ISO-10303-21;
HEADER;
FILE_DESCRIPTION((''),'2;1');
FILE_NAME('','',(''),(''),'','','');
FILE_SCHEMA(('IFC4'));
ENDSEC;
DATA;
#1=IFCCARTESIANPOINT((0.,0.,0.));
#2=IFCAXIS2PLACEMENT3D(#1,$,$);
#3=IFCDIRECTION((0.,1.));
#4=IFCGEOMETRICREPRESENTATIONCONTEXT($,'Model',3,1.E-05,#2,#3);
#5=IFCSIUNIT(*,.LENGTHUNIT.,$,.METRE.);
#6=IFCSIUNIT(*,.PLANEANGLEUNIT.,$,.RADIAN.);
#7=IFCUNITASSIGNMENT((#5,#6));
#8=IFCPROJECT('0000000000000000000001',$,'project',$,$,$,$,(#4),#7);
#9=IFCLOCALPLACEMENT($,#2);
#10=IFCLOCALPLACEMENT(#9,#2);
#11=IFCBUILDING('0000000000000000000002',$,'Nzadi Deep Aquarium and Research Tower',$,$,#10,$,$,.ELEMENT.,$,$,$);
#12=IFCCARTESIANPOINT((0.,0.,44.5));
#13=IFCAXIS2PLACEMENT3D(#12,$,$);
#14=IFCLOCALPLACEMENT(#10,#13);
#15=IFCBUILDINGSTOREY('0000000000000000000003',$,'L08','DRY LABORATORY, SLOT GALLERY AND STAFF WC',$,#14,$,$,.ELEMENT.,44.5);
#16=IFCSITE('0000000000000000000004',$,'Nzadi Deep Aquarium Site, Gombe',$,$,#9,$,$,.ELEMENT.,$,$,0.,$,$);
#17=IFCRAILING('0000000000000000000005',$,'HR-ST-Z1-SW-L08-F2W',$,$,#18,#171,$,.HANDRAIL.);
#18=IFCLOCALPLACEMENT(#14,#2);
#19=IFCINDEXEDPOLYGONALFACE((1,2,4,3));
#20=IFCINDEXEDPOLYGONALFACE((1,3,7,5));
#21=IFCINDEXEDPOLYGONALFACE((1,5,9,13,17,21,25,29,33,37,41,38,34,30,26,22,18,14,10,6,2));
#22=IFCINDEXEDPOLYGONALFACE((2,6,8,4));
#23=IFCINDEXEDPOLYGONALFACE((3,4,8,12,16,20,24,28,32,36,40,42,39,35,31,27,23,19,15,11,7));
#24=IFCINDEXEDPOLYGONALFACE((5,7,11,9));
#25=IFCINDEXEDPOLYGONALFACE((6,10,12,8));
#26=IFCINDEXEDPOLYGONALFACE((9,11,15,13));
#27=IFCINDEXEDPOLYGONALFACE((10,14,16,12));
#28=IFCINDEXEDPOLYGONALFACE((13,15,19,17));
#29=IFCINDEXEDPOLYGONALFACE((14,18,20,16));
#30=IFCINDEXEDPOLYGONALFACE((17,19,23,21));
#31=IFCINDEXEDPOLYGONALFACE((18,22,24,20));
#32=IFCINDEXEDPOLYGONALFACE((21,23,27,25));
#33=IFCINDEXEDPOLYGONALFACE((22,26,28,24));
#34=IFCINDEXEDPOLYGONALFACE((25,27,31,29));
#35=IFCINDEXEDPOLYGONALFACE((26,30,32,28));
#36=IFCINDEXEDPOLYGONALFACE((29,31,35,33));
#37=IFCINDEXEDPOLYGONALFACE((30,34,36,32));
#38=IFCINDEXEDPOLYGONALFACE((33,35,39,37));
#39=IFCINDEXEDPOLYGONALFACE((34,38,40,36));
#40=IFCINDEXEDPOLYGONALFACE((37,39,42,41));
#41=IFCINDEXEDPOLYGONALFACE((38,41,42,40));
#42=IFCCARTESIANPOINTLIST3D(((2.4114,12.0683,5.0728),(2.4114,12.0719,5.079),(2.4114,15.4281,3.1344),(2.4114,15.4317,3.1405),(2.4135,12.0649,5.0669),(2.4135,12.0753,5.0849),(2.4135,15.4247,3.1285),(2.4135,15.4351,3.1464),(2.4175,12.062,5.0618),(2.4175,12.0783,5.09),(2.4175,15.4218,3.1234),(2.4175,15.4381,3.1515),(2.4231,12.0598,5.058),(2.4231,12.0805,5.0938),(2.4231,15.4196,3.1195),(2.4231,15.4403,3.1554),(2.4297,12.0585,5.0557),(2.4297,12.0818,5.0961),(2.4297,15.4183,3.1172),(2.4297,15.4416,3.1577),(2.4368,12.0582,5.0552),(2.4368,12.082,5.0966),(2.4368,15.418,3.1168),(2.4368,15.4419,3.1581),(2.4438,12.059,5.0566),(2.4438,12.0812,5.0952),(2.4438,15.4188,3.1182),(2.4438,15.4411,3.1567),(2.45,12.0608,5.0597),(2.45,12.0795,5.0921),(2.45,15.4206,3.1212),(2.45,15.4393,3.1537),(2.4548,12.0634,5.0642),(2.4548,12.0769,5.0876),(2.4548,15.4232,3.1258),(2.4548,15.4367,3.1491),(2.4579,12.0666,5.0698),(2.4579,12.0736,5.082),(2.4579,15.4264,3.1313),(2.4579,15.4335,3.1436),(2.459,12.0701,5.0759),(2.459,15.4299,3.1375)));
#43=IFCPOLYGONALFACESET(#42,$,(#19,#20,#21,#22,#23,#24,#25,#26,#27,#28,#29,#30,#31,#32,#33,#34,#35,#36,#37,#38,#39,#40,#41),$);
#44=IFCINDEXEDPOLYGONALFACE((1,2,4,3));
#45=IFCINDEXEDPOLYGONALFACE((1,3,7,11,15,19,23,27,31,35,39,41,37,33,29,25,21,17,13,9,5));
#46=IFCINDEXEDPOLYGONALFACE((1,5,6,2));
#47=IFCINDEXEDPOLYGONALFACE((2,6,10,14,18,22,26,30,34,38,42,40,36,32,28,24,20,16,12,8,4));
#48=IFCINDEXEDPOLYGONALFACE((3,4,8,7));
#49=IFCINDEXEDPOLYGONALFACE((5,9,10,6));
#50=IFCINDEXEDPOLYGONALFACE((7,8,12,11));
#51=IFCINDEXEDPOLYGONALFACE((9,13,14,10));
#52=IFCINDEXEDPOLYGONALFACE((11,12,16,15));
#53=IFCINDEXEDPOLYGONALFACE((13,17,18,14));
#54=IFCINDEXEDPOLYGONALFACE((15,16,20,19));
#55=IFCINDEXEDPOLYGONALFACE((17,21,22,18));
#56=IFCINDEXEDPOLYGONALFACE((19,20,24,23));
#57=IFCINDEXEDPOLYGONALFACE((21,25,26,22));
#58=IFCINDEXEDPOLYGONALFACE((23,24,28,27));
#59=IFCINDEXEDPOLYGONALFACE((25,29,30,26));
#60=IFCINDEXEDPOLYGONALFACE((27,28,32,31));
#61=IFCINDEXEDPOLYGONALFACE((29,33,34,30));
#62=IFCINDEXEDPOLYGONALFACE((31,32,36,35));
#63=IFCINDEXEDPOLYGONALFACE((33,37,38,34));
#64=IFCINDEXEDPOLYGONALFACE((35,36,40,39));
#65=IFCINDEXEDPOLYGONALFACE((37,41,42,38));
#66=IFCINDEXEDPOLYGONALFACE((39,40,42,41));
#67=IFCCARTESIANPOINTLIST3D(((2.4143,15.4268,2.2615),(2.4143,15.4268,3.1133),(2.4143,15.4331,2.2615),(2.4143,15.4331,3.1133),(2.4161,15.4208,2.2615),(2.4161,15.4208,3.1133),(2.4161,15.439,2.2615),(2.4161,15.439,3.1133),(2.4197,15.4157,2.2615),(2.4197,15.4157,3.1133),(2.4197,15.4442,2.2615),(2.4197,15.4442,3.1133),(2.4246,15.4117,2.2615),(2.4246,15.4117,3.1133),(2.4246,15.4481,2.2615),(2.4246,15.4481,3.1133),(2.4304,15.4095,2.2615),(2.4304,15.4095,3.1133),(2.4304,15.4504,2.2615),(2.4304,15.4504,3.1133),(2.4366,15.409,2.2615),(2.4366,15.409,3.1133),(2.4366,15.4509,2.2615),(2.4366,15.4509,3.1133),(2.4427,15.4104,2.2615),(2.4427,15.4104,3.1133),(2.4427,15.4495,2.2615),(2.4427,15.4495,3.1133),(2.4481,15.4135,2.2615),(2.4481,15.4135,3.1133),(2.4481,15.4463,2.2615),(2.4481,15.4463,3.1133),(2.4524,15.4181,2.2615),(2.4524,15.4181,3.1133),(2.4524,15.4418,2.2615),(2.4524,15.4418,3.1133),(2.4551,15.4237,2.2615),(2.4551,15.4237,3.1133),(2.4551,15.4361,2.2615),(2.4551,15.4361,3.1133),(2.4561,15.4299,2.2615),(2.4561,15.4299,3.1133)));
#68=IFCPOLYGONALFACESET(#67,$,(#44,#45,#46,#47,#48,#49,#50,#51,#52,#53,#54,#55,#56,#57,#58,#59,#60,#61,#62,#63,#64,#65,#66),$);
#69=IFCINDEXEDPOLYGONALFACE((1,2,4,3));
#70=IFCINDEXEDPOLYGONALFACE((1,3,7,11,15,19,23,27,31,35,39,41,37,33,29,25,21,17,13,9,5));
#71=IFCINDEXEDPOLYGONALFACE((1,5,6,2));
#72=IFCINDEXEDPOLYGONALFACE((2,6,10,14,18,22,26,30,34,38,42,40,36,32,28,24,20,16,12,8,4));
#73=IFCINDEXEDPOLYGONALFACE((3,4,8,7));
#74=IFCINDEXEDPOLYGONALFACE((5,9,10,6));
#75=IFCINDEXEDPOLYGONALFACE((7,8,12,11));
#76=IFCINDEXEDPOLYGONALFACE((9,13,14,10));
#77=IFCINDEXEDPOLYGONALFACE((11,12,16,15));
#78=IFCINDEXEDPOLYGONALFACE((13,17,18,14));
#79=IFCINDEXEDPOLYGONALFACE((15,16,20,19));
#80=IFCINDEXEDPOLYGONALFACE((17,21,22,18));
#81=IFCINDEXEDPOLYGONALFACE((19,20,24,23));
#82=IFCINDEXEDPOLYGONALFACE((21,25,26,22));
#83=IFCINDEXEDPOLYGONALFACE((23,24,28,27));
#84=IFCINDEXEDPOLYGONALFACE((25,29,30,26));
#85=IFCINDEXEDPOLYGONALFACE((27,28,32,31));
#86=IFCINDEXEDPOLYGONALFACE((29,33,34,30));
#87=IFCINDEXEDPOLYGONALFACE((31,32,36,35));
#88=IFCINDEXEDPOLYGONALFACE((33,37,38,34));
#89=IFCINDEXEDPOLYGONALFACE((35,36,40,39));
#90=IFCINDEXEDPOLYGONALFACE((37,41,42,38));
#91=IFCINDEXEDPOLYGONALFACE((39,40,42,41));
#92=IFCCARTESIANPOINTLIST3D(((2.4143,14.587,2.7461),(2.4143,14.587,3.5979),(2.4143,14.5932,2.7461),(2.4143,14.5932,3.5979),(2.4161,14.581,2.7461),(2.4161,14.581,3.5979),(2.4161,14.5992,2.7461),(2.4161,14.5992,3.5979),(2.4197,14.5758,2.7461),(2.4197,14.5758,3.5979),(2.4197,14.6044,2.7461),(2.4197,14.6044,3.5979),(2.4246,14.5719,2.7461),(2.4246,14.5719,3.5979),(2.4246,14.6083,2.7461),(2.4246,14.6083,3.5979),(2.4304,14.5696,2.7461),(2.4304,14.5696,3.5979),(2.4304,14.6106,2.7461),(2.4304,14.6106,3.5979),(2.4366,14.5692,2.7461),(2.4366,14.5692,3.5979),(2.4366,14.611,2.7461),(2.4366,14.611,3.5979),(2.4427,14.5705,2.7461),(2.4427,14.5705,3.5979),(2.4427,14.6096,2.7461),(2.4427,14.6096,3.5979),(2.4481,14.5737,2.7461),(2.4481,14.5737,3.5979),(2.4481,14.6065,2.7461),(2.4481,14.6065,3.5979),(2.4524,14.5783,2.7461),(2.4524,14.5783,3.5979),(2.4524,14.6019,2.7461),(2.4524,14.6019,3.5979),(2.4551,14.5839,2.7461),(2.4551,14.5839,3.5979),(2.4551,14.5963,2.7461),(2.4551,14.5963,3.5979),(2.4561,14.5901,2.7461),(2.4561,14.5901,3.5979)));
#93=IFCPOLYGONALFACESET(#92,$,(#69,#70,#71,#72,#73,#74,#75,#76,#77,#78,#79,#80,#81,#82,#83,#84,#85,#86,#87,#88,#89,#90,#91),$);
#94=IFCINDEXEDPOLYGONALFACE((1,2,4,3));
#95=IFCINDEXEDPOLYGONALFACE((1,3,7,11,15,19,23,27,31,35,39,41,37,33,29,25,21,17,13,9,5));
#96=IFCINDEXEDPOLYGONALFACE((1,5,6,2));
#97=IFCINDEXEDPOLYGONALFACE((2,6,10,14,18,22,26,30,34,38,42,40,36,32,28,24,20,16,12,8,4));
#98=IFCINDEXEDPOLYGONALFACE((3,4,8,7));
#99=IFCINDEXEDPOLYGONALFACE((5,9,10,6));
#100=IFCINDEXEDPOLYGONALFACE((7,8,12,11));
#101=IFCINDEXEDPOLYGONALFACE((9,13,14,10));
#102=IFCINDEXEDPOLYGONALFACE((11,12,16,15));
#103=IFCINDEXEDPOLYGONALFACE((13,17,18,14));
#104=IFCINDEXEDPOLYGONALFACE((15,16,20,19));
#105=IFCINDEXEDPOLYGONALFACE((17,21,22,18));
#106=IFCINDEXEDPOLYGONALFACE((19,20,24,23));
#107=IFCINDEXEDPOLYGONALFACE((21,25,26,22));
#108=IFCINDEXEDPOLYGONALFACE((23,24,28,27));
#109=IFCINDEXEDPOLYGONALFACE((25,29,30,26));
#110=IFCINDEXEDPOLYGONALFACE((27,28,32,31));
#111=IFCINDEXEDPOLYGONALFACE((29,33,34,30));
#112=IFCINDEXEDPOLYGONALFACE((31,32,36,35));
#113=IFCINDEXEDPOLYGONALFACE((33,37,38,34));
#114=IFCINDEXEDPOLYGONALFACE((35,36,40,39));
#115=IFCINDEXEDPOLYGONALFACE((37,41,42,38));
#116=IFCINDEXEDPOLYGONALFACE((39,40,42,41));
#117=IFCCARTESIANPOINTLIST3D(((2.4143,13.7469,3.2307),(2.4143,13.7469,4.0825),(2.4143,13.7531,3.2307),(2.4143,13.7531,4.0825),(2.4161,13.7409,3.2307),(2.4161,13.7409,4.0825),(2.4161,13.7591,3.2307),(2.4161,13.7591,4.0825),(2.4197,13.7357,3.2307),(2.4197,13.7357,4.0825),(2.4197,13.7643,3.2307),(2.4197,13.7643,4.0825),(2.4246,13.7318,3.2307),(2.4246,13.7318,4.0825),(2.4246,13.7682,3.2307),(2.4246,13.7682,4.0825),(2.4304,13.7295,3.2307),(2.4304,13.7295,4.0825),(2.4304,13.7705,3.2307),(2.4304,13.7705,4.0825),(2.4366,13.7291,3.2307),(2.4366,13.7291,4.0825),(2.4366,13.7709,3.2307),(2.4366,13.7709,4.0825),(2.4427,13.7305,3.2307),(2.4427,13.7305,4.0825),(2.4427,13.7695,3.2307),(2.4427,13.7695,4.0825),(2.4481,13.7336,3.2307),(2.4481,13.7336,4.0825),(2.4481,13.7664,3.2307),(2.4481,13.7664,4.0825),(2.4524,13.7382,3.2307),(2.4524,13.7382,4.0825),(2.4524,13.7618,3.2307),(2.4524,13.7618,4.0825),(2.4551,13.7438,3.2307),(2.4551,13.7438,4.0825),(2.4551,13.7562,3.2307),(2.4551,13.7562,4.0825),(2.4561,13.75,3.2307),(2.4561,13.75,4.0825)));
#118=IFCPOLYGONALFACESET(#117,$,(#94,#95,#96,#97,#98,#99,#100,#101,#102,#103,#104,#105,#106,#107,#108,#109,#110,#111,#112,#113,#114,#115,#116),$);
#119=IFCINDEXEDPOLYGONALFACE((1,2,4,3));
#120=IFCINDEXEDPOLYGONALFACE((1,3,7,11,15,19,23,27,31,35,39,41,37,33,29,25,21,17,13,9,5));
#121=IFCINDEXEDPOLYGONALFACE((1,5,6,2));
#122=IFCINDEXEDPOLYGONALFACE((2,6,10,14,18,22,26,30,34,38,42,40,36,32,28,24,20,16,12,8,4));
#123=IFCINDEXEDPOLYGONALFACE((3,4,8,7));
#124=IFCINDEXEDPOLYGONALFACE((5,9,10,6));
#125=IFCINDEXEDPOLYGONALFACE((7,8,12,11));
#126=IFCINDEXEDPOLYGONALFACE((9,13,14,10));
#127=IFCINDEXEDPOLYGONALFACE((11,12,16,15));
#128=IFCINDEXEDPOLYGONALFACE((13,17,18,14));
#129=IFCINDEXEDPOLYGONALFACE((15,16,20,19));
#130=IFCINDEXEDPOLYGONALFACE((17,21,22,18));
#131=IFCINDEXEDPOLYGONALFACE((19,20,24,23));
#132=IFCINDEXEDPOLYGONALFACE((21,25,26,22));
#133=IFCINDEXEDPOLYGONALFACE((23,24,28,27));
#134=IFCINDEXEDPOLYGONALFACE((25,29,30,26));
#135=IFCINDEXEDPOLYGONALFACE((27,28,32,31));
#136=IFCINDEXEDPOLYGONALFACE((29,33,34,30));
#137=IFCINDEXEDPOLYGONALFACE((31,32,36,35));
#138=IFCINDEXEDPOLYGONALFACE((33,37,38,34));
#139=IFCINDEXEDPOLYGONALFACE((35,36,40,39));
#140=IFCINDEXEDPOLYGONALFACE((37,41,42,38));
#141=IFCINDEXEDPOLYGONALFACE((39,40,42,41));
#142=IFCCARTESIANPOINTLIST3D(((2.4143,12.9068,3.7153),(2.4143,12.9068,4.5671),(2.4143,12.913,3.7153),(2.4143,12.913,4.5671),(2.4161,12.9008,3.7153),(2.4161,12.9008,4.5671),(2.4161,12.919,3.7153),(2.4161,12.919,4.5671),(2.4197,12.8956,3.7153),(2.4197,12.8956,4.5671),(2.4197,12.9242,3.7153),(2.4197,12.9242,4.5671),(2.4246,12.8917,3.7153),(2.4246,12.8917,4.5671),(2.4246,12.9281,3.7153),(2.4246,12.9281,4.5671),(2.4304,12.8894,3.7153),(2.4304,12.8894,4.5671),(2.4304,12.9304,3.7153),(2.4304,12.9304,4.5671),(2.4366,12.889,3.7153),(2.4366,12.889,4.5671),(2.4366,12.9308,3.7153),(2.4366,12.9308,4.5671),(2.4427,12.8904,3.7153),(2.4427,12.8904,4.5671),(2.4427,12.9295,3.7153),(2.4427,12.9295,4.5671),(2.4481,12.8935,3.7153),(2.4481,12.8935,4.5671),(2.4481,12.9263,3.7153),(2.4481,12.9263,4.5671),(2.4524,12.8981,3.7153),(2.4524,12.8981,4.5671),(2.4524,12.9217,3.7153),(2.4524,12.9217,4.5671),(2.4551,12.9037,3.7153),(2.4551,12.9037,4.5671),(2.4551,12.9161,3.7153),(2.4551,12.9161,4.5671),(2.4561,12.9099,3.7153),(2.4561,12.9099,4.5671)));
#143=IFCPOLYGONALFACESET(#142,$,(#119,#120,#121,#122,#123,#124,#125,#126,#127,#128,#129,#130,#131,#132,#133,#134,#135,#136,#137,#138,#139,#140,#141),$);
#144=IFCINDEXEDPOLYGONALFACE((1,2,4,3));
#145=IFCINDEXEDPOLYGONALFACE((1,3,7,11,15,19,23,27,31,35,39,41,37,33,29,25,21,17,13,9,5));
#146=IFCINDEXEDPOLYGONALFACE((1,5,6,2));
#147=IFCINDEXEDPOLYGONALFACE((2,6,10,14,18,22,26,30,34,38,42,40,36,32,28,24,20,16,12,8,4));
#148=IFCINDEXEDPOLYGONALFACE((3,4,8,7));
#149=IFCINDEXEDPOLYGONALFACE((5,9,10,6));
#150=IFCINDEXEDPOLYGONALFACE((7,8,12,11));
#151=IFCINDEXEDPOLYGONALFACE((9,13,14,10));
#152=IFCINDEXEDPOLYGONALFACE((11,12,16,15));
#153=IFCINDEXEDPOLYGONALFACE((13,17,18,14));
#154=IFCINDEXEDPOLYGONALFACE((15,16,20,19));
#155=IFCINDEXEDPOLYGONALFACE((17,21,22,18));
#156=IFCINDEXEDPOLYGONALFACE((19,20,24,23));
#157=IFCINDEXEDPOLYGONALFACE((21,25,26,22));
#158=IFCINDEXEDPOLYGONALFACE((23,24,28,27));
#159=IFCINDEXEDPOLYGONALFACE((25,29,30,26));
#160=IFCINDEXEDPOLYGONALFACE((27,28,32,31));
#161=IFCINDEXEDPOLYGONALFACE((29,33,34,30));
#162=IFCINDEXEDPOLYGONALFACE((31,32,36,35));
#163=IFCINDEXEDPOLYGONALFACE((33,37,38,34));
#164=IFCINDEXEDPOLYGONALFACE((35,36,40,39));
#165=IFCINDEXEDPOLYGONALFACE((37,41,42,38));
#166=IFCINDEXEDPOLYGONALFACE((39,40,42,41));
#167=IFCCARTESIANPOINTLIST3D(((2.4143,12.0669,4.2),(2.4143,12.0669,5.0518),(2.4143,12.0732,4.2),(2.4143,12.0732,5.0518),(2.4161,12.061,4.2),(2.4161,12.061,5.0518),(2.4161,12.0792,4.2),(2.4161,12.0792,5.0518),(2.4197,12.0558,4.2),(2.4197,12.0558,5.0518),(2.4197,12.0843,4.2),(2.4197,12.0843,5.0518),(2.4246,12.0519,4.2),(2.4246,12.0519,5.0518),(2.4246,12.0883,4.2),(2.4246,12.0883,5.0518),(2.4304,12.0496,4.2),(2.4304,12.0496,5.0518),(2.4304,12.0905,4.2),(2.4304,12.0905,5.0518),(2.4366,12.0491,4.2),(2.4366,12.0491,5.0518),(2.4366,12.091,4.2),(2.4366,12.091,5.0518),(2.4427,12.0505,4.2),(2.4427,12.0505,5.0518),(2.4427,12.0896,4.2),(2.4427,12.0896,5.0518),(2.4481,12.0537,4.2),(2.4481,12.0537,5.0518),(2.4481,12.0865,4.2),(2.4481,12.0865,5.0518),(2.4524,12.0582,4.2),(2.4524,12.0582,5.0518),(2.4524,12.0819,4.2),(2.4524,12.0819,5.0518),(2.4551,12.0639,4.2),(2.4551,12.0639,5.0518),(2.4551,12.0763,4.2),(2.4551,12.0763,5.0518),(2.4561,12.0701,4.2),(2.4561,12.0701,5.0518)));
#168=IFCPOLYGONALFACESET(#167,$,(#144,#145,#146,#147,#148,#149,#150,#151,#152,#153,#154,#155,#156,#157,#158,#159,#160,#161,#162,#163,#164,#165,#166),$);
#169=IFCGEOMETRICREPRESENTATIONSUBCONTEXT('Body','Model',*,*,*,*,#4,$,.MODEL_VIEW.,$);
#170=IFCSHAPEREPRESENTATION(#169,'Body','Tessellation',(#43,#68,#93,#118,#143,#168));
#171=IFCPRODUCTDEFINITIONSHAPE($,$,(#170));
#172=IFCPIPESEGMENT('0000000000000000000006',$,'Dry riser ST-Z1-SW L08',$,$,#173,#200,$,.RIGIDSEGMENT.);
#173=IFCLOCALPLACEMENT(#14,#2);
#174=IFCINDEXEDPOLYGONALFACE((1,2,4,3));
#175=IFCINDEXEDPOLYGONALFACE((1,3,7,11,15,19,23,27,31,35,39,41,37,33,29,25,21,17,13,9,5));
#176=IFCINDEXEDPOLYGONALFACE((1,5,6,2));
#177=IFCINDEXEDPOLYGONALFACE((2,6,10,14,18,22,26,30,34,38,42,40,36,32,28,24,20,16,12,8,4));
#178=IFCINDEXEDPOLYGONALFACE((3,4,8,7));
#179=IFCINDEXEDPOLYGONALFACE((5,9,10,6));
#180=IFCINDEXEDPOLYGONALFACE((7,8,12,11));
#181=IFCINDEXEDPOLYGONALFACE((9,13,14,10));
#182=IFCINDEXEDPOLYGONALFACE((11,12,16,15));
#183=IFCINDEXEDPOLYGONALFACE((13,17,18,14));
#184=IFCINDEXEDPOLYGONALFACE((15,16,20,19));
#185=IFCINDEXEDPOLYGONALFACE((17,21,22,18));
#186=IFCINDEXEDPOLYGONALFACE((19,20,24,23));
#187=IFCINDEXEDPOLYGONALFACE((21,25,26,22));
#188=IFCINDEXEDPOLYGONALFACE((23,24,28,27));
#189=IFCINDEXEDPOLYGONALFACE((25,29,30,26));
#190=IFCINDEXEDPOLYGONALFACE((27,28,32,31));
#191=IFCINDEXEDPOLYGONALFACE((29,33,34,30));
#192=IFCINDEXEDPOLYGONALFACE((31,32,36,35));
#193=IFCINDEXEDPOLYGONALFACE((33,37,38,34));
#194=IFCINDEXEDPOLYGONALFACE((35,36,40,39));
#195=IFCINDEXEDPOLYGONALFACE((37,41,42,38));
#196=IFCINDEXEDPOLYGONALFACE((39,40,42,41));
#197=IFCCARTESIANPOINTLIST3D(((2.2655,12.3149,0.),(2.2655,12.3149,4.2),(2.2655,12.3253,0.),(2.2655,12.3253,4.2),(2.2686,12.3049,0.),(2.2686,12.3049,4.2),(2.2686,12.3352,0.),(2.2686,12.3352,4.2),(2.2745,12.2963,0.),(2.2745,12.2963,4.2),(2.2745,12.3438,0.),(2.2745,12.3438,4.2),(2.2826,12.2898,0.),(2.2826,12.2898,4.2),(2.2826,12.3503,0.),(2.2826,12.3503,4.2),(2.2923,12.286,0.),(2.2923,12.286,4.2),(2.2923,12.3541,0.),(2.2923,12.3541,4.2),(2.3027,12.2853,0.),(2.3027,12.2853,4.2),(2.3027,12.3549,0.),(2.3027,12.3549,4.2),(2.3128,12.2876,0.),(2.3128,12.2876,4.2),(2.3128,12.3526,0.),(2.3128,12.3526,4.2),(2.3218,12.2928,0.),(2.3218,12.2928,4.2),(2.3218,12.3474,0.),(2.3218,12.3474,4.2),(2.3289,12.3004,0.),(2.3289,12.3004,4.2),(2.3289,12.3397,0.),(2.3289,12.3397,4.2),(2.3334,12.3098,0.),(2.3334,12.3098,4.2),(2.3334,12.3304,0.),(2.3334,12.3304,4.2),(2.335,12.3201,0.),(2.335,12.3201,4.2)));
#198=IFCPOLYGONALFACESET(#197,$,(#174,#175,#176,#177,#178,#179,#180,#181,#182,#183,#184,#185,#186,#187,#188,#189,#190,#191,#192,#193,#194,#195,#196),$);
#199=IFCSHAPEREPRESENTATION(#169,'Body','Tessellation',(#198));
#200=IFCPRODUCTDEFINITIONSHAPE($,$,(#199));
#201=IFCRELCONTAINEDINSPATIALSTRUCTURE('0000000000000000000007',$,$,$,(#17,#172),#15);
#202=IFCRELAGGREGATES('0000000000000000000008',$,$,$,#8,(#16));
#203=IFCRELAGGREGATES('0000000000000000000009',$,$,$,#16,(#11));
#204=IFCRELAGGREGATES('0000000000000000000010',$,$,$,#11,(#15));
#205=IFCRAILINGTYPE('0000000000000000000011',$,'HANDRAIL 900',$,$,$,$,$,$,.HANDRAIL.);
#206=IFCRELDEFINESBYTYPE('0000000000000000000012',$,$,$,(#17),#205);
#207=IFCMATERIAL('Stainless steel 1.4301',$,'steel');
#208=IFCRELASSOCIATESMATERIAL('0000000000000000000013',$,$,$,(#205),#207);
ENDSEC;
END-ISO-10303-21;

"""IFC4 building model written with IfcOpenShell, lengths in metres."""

from ifc_helpers import new_model, si_unit, direction, frame, origin, origin_2d, place, context, subcontext, project, spatial, circle, extrude, material, type_object, element, save


model = new_model("IFC4")

# Units and contexts
model_context = context("Model", 3, precision=1e-05, world=origin(), true_north=direction((0.0, 1.0)))
body_context = subcontext(model_context, "Body", "Model", "MODEL_VIEW")
ifc_project = project(units=[si_unit("LENGTHUNIT", "METRE"), si_unit("PLANEANGLEUNIT", "RADIAN")], contexts=[model_context])

# Site, building, storey
site_placement = place(None, origin())
site = spatial("IfcSite", under=ifc_project, at=site_placement, Name="Nzadi Deep Aquarium Site, Gombe", CompositionType="ELEMENT", RefElevation=0.0)
building_placement = place(site_placement, origin())
building = spatial("IfcBuilding", under=site, at=building_placement, Name="Nzadi Deep Aquarium and Research Tower", CompositionType="ELEMENT")
storey_placement = place(building_placement, frame((0.0, 0.0, 44.5)))
storey = spatial("IfcBuildingStorey", under=building, at=storey_placement, Name="L08", Description="DRY LABORATORY, SLOT GALLERY AND STAFF WC", CompositionType="ELEMENT", Elevation=44.5)

# Railing
ifc_material_1 = material(Name="Stainless steel 1.4301", Category="steel")
railing_type = type_object("IfcRailingType", Name="HANDRAIL 900", PredefinedType="HANDRAIL", material=ifc_material_1)
for number, where, name in (
    (1, (2.4351, 15.4299, 2.2615), "HR-ST-Z1-SW-L08-F2W"),
):
    element("IfcRailing", number, at=place(storey_placement, frame(where)), inside=storey, type_object=railing_type, Name=name, PredefinedType="HANDRAIL", context=body_context, shape_type="SweptSolid", body=[
        extrude(circle(Radius=0.0239, at=origin_2d()), frame((0.0, 0.0, 0.876), z_axis=(0.0, -0.866175, 0.499741), x_axis=(1.0, 0.0, 0.0)), (0.0, 0.0, 1.0), 3.8789),
        extrude(circle(Radius=0.021, at=origin_2d()), origin(), (0.0, 0.0, 1.0), 0.8518),
        extrude(circle(Radius=0.021, at=origin_2d()), frame((0.0, -0.8398, 0.4846)), (0.0, 0.0, 1.0), 0.8518),
        extrude(circle(Radius=0.021, at=origin_2d()), frame((0.0, -1.6799, 0.9692)), (0.0, 0.0, 1.0), 0.8518),
        extrude(circle(Radius=0.021, at=origin_2d()), frame((0.0, -2.52, 1.4539)), (0.0, 0.0, 1.0), 0.8518),
        extrude(circle(Radius=0.021, at=origin_2d()), frame((0.0, -3.3599, 1.9385)), (0.0, 0.0, 1.0), 0.8518),
    ])

# Pipe segment
pipe_segment_placement = place(storey_placement, frame((2.3, 12.3201, 0.0), z_axis=(0.0, 0.0, 1.0), x_axis=(1.0, 0.0, 0.0)))
element("IfcPipeSegment", 2, at=pipe_segment_placement, inside=storey, Name="Dry riser ST-Z1-SW L08", PredefinedType="RIGIDSEGMENT", context=body_context, shape_type="SweptSolid", body=[
    extrude(circle(Radius=0.0349, at=origin_2d()), origin(), (0.0, 0.0, 1.0), 4.2),
])

save(model, "model.ifc")
